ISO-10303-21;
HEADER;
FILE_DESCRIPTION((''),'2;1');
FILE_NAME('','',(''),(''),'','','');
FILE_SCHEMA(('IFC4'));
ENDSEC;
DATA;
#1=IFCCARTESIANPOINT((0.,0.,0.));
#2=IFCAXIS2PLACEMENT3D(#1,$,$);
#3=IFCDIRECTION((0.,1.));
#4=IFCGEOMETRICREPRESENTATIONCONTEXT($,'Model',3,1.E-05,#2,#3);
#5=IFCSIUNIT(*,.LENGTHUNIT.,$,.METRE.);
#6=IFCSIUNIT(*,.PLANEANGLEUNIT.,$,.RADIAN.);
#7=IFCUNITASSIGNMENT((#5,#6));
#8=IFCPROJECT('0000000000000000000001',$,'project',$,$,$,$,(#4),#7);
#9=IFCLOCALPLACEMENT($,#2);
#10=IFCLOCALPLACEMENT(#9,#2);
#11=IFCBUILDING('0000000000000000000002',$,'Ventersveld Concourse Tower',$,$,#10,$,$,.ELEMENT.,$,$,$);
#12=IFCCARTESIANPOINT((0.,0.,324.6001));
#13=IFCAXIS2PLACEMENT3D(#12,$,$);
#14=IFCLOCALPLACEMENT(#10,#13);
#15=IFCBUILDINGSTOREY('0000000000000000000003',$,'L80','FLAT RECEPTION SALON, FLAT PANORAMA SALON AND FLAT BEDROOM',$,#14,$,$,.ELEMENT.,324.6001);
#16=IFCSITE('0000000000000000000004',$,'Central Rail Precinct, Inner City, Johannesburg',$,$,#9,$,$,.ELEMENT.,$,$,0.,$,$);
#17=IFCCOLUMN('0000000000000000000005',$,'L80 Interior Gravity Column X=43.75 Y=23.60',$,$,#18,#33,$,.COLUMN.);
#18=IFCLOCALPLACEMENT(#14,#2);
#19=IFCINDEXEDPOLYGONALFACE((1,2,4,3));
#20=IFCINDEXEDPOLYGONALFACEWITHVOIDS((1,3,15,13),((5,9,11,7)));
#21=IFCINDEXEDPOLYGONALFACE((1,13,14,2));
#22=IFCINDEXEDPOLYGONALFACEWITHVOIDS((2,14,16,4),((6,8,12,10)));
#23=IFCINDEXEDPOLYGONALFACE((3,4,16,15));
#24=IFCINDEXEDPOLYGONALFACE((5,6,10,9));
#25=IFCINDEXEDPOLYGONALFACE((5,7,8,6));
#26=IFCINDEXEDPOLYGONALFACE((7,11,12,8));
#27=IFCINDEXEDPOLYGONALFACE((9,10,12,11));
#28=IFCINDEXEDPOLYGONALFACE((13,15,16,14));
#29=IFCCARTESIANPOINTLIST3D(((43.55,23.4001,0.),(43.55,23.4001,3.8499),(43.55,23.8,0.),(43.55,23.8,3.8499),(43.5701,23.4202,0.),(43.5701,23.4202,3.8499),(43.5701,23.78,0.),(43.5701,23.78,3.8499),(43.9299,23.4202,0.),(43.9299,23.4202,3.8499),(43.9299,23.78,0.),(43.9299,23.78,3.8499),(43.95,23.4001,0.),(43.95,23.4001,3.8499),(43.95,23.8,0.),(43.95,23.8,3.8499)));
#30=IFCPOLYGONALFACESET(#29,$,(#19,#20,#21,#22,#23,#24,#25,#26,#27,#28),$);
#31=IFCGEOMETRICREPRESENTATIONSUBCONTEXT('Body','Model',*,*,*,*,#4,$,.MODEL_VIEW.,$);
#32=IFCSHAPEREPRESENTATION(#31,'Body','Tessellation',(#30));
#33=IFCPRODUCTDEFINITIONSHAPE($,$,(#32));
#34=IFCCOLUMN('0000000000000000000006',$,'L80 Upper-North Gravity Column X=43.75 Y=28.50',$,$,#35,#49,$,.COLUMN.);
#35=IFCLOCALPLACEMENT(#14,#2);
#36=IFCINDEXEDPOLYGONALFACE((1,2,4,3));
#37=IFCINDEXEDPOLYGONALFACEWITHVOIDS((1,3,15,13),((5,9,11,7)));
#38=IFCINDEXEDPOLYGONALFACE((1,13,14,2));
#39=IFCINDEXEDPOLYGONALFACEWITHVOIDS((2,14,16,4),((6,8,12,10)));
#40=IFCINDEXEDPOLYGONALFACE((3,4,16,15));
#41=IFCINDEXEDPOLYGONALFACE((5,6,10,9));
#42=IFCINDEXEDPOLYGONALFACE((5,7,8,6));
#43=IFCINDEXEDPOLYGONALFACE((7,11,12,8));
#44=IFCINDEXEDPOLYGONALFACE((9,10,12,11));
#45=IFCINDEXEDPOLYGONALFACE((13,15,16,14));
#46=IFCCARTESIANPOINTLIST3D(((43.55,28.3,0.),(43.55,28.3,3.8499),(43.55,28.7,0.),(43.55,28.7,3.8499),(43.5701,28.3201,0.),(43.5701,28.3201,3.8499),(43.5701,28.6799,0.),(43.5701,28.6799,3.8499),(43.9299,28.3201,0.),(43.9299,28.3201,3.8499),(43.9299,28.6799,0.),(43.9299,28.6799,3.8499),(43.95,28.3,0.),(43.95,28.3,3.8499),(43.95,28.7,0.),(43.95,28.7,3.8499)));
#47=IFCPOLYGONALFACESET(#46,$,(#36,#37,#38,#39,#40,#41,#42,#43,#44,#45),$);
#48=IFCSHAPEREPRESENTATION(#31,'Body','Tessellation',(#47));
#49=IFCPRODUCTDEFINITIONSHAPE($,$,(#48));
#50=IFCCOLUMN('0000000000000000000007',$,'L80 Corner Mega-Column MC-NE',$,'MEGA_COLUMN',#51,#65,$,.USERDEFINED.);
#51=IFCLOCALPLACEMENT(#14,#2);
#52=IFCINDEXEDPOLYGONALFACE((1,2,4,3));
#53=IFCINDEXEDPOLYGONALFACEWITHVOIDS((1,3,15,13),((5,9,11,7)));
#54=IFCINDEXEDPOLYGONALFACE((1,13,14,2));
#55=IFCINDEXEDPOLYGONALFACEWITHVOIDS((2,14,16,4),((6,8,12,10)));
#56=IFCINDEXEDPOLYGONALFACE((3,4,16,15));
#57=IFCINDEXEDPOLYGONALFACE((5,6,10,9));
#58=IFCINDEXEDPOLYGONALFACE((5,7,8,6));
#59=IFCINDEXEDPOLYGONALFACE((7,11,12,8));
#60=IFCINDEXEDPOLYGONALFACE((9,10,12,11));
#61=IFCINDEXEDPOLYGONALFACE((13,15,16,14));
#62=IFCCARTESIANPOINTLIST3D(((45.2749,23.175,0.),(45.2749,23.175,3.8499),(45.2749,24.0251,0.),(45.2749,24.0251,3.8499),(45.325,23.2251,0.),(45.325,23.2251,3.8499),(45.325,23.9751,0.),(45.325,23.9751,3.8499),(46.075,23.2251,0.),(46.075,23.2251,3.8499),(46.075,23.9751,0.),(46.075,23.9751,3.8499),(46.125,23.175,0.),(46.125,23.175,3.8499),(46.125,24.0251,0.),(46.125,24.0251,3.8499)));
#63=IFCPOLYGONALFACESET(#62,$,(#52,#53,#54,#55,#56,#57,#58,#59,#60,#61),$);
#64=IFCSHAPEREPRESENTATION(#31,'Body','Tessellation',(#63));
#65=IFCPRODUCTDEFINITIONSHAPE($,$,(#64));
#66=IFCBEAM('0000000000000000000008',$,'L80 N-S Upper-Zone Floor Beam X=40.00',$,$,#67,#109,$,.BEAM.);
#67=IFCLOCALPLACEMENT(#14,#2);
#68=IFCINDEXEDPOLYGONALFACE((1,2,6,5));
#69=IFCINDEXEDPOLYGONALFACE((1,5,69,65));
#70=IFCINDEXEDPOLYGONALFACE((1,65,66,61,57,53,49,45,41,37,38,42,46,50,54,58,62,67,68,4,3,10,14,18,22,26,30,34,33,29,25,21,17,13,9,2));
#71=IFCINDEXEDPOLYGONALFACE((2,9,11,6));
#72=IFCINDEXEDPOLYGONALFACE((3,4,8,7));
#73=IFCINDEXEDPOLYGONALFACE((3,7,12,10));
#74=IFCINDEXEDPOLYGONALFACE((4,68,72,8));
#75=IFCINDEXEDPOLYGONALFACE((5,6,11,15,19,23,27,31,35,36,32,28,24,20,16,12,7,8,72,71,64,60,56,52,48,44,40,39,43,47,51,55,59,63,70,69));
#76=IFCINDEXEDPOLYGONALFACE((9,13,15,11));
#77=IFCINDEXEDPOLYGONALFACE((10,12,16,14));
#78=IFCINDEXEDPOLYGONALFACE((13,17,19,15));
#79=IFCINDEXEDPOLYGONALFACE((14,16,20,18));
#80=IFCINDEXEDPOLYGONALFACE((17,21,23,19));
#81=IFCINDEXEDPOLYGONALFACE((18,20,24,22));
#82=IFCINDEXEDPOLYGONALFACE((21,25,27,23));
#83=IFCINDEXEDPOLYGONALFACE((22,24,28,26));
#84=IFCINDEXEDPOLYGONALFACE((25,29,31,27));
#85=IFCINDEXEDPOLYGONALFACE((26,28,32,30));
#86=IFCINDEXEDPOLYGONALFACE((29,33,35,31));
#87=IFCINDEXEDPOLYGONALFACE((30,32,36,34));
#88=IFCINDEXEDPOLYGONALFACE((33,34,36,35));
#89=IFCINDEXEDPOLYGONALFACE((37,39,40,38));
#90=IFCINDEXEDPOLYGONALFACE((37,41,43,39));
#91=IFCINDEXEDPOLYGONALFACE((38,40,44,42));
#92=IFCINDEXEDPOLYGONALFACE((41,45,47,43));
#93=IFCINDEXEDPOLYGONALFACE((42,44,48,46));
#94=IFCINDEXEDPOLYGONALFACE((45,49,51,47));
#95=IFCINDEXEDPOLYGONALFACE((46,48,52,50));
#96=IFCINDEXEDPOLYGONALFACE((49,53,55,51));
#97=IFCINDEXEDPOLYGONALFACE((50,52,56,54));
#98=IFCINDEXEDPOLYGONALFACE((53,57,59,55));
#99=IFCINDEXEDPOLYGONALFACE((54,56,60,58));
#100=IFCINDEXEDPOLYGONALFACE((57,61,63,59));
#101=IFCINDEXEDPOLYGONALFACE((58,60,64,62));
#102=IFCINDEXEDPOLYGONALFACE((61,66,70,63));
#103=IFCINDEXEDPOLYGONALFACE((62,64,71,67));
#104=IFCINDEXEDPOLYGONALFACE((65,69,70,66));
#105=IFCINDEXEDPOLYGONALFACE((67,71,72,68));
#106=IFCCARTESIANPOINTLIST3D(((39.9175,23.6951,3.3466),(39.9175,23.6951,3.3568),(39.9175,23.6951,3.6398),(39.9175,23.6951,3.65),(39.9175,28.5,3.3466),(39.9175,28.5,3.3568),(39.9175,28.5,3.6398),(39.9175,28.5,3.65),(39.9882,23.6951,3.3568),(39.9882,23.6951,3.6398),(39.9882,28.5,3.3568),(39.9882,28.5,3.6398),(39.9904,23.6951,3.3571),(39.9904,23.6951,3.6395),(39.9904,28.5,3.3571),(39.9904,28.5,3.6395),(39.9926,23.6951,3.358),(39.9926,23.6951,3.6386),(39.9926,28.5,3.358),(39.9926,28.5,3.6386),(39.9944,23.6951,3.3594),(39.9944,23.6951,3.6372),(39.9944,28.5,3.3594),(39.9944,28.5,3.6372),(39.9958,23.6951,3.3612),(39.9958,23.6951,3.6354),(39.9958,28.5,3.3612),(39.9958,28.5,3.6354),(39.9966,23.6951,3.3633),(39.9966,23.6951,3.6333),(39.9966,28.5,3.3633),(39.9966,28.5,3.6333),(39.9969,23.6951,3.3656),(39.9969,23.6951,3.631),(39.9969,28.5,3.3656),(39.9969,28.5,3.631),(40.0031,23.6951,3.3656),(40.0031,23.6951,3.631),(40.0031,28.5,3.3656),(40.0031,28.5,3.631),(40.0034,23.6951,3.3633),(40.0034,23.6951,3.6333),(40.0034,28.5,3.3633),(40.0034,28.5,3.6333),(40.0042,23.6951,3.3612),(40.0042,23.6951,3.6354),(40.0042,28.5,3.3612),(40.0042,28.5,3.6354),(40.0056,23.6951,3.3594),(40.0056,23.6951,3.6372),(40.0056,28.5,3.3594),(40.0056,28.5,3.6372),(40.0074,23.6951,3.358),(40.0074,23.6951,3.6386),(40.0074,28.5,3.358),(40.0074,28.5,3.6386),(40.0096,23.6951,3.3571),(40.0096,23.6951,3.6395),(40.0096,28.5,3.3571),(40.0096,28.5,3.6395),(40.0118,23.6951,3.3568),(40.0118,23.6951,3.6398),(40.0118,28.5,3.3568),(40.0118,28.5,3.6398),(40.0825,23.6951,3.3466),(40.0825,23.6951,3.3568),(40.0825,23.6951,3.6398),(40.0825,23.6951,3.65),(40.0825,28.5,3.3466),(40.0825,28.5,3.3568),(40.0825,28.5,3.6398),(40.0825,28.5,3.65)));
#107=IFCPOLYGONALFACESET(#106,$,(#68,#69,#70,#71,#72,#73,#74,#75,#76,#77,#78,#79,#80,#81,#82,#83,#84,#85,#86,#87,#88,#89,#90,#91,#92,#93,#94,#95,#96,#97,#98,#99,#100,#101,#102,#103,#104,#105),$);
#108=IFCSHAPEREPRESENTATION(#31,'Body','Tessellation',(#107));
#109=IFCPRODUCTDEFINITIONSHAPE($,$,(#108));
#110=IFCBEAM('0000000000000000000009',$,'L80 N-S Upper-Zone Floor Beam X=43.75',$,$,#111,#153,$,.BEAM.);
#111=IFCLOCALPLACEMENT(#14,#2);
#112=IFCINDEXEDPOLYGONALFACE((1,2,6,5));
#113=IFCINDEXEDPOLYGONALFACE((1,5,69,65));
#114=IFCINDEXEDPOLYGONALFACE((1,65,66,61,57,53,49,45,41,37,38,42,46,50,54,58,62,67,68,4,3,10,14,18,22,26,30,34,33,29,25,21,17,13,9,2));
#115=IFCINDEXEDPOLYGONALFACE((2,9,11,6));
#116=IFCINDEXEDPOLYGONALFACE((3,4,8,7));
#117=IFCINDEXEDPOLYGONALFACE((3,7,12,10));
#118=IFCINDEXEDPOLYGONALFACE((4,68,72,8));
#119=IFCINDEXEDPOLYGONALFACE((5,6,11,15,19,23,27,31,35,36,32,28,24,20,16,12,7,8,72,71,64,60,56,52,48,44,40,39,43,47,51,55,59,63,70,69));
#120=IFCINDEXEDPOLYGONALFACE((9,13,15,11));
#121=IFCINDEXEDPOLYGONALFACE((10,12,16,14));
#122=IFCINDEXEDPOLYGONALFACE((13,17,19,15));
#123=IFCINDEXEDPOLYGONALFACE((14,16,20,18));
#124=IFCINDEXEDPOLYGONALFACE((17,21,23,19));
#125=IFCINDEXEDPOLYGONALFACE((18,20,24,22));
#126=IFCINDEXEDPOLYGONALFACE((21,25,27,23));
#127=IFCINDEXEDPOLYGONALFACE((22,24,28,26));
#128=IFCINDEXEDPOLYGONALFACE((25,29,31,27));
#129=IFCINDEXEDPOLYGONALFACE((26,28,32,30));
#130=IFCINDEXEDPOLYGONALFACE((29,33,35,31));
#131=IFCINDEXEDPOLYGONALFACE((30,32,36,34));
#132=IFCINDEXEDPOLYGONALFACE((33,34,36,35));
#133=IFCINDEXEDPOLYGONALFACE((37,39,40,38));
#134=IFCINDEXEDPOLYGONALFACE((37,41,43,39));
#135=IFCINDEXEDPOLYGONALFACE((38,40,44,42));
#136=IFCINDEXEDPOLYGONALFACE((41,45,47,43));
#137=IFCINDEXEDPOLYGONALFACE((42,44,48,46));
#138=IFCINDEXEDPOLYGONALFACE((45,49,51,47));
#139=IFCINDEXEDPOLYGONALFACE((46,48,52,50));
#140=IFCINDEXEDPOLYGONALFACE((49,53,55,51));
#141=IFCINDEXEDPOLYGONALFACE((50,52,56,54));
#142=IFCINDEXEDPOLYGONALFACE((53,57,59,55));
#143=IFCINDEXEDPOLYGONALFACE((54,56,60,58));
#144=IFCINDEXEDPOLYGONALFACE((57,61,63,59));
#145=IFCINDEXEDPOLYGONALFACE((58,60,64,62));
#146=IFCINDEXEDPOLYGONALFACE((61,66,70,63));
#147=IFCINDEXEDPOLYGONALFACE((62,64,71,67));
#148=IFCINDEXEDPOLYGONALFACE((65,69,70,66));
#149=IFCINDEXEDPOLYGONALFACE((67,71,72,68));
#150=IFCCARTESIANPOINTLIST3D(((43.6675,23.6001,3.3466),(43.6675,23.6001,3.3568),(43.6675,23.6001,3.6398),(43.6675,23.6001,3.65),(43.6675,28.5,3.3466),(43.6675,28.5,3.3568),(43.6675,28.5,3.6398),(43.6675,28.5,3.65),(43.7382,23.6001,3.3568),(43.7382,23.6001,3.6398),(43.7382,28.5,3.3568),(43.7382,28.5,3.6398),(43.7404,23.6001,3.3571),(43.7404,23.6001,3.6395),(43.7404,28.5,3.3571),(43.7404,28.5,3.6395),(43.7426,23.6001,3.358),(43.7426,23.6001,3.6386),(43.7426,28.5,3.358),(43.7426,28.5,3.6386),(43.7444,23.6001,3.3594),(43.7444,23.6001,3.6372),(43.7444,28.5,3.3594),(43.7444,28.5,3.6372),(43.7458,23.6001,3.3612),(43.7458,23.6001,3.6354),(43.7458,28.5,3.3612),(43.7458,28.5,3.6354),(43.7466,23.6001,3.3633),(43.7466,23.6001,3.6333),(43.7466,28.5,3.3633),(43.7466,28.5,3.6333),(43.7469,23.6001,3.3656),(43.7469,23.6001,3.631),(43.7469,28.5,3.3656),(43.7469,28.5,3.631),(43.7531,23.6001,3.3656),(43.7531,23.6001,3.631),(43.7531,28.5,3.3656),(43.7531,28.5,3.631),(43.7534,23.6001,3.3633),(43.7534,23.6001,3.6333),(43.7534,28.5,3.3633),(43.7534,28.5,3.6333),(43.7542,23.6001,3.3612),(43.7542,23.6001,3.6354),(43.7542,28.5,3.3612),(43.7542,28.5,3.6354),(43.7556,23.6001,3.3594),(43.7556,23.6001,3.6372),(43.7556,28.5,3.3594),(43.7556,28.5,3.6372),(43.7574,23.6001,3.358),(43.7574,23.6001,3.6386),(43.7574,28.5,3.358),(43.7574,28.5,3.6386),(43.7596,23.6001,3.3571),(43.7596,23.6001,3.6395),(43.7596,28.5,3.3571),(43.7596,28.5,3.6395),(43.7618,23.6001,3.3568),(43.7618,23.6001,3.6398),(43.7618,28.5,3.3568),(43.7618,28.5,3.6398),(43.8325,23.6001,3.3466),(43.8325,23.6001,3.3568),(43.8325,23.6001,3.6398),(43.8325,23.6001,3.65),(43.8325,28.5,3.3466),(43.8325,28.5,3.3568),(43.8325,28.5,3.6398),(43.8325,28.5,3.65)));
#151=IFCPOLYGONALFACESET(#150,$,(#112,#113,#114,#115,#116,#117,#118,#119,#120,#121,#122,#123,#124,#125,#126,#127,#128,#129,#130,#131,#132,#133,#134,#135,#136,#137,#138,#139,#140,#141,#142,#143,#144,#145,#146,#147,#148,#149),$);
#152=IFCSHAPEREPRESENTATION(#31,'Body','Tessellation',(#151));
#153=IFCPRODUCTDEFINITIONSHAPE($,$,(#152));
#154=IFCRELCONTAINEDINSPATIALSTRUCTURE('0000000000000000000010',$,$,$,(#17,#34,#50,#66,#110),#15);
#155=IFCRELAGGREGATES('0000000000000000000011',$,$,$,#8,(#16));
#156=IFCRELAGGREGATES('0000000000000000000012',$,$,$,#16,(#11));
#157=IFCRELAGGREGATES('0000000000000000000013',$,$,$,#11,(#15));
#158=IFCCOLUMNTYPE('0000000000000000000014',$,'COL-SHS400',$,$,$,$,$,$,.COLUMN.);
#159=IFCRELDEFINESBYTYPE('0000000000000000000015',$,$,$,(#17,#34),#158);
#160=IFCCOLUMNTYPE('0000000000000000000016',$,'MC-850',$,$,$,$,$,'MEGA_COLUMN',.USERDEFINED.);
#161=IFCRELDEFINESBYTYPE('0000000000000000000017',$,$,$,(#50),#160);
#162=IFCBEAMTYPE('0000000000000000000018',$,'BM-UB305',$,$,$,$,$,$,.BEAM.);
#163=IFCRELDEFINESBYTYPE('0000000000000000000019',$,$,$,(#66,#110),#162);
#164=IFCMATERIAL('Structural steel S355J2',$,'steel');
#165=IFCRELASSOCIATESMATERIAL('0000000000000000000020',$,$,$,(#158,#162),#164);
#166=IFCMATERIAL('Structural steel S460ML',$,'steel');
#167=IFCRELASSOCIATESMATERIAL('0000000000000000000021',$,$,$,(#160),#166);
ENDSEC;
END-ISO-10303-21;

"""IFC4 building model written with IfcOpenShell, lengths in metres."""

from ifc_helpers import new_model, si_unit, direction, frame, origin, origin_2d, place, context, subcontext, project, spatial, hollow_rectangle, i_section, extrude, material, material_profile, profile_set, type_object, element, save


model = new_model("IFC4")

# Units and contexts
model_context = context("Model", 3, precision=1e-05, world=origin(), true_north=direction((0.0, 1.0)))
body_context = subcontext(model_context, "Body", "Model", "MODEL_VIEW")
ifc_project = project(units=[si_unit("LENGTHUNIT", "METRE"), si_unit("PLANEANGLEUNIT", "RADIAN")], contexts=[model_context])

# Site, building, storey
site_placement = place(None, origin())
site = spatial("IfcSite", under=ifc_project, at=site_placement, Name="Central Rail Precinct, Inner City, Johannesburg", CompositionType="ELEMENT", RefElevation=0.0)
building_placement = place(site_placement, origin())
building = spatial("IfcBuilding", under=site, at=building_placement, Name="Ventersveld Concourse Tower", CompositionType="ELEMENT")
storey_placement = place(building_placement, frame((0.0, 0.0, 324.6001)))
storey = spatial("IfcBuildingStorey", under=building, at=storey_placement, Name="L80", Description="FLAT RECEPTION SALON, FLAT PANORAMA SALON AND FLAT BEDROOM", CompositionType="ELEMENT", Elevation=324.6001)

# Columns
ifc_material_1 = material(Name="Structural steel S355J2", Category="steel")
ifc_material_profile_1 = material_profile(ifc_material_1, hollow_rectangle(XDim=0.3999, YDim=0.3999, WallThickness=0.02, at=origin_2d()), Name="SHS 400x400x20")
ifc_profile_set_1 = profile_set([ifc_material_profile_1], Name="Structural steel S355J2")
column_type_1 = type_object("IfcColumnType", Name="COL-SHS400", PredefinedType="COLUMN", material=ifc_profile_set_1)
for number, where, z_axis, x_axis, name in (
    (1, (43.75, 23.6001, 0.0), (0.0, 0.0, 1.0), (1.0, 0.0, 0.0), "L80 Interior Gravity Column X=43.75 Y=23.60"),
    (2, (43.75, 28.5, 0.0), (0.0, 0.0, 1.0), (1.0, 0.0, 0.0), "L80 Upper-North Gravity Column X=43.75 Y=28.50"),
):
    element("IfcColumn", number, at=place(storey_placement, frame(where, z_axis=z_axis, x_axis=x_axis)), inside=storey, type_object=column_type_1, Name=name, PredefinedType="COLUMN", context=body_context, shape_type="SweptSolid", body=[
        extrude(hollow_rectangle(XDim=0.3999, YDim=0.3999, WallThickness=0.02, at=origin_2d()), origin(), (0.0, 0.0, 1.0), 3.8499),
    ])
ifc_material_2 = material(Name="Structural steel S460ML", Category="steel")
ifc_material_profile_2 = material_profile(ifc_material_2, hollow_rectangle(XDim=0.8501, YDim=0.8501, WallThickness=0.05, at=origin_2d()), Name="BOX 850x850x50")
ifc_profile_set_2 = profile_set([ifc_material_profile_2], Name="Structural steel S460ML")
column_type_2 = type_object("IfcColumnType", Name="MC-850", ElementType="MEGA_COLUMN", PredefinedType="USERDEFINED", material=ifc_profile_set_2)
column_placement = place(storey_placement, frame((45.7, 23.6001, 0.0), z_axis=(0.0, 0.0, 1.0), x_axis=(1.0, 0.0, 0.0)))
element("IfcColumn", 3, at=column_placement, inside=storey, type_object=column_type_2, Name="L80 Corner Mega-Column MC-NE", ObjectType="MEGA_COLUMN", PredefinedType="USERDEFINED", context=body_context, shape_type="SweptSolid", body=[
    extrude(hollow_rectangle(XDim=0.8501, YDim=0.8501, WallThickness=0.05, at=origin_2d()), origin(), (0.0, 0.0, 1.0), 3.8499),
])

# Beams
ifc_material_profile_3 = material_profile(ifc_material_1, i_section(OverallWidth=0.165, OverallDepth=0.3035, WebThickness=0.0061, FlangeThickness=0.0103, FilletRadius=0.0088, at=origin_2d()), Name="UB 305x165x40")
ifc_profile_set_3 = profile_set([ifc_material_profile_3], Name="Structural steel S355J2")
beam_type_1 = type_object("IfcBeamType", Name="BM-UB305", PredefinedType="BEAM", material=ifc_profile_set_3)
beam_1_placement = place(storey_placement, frame((40.0, 23.6951, 3.4983), z_axis=(0.0, 1.0, 0.0), x_axis=(-1.0, 0.0, 0.0)))
element("IfcBeam", 4, at=beam_1_placement, inside=storey, type_object=beam_type_1, Name="L80 N-S Upper-Zone Floor Beam X=40.00", PredefinedType="BEAM", context=body_context, shape_type="SweptSolid", body=[
    extrude(i_section(OverallWidth=0.165, OverallDepth=0.3035, WebThickness=0.0061, FlangeThickness=0.0103, FilletRadius=0.0088, at=origin_2d()), origin(), (0.0, 0.0, 1.0), 4.8049),
])
beam_2_placement = place(storey_placement, frame((43.75, 23.6001, 3.4983), z_axis=(0.0, 1.0, 0.0), x_axis=(-1.0, 0.0, 0.0)))
element("IfcBeam", 5, at=beam_2_placement, inside=storey, type_object=beam_type_1, Name="L80 N-S Upper-Zone Floor Beam X=43.75", PredefinedType="BEAM", context=body_context, shape_type="SweptSolid", body=[
    extrude(i_section(OverallWidth=0.165, OverallDepth=0.3035, WebThickness=0.0061, FlangeThickness=0.0103, FilletRadius=0.0088, at=origin_2d()), origin(), (0.0, 0.0, 1.0), 4.8999),
])

save(model, "model.ifc")
